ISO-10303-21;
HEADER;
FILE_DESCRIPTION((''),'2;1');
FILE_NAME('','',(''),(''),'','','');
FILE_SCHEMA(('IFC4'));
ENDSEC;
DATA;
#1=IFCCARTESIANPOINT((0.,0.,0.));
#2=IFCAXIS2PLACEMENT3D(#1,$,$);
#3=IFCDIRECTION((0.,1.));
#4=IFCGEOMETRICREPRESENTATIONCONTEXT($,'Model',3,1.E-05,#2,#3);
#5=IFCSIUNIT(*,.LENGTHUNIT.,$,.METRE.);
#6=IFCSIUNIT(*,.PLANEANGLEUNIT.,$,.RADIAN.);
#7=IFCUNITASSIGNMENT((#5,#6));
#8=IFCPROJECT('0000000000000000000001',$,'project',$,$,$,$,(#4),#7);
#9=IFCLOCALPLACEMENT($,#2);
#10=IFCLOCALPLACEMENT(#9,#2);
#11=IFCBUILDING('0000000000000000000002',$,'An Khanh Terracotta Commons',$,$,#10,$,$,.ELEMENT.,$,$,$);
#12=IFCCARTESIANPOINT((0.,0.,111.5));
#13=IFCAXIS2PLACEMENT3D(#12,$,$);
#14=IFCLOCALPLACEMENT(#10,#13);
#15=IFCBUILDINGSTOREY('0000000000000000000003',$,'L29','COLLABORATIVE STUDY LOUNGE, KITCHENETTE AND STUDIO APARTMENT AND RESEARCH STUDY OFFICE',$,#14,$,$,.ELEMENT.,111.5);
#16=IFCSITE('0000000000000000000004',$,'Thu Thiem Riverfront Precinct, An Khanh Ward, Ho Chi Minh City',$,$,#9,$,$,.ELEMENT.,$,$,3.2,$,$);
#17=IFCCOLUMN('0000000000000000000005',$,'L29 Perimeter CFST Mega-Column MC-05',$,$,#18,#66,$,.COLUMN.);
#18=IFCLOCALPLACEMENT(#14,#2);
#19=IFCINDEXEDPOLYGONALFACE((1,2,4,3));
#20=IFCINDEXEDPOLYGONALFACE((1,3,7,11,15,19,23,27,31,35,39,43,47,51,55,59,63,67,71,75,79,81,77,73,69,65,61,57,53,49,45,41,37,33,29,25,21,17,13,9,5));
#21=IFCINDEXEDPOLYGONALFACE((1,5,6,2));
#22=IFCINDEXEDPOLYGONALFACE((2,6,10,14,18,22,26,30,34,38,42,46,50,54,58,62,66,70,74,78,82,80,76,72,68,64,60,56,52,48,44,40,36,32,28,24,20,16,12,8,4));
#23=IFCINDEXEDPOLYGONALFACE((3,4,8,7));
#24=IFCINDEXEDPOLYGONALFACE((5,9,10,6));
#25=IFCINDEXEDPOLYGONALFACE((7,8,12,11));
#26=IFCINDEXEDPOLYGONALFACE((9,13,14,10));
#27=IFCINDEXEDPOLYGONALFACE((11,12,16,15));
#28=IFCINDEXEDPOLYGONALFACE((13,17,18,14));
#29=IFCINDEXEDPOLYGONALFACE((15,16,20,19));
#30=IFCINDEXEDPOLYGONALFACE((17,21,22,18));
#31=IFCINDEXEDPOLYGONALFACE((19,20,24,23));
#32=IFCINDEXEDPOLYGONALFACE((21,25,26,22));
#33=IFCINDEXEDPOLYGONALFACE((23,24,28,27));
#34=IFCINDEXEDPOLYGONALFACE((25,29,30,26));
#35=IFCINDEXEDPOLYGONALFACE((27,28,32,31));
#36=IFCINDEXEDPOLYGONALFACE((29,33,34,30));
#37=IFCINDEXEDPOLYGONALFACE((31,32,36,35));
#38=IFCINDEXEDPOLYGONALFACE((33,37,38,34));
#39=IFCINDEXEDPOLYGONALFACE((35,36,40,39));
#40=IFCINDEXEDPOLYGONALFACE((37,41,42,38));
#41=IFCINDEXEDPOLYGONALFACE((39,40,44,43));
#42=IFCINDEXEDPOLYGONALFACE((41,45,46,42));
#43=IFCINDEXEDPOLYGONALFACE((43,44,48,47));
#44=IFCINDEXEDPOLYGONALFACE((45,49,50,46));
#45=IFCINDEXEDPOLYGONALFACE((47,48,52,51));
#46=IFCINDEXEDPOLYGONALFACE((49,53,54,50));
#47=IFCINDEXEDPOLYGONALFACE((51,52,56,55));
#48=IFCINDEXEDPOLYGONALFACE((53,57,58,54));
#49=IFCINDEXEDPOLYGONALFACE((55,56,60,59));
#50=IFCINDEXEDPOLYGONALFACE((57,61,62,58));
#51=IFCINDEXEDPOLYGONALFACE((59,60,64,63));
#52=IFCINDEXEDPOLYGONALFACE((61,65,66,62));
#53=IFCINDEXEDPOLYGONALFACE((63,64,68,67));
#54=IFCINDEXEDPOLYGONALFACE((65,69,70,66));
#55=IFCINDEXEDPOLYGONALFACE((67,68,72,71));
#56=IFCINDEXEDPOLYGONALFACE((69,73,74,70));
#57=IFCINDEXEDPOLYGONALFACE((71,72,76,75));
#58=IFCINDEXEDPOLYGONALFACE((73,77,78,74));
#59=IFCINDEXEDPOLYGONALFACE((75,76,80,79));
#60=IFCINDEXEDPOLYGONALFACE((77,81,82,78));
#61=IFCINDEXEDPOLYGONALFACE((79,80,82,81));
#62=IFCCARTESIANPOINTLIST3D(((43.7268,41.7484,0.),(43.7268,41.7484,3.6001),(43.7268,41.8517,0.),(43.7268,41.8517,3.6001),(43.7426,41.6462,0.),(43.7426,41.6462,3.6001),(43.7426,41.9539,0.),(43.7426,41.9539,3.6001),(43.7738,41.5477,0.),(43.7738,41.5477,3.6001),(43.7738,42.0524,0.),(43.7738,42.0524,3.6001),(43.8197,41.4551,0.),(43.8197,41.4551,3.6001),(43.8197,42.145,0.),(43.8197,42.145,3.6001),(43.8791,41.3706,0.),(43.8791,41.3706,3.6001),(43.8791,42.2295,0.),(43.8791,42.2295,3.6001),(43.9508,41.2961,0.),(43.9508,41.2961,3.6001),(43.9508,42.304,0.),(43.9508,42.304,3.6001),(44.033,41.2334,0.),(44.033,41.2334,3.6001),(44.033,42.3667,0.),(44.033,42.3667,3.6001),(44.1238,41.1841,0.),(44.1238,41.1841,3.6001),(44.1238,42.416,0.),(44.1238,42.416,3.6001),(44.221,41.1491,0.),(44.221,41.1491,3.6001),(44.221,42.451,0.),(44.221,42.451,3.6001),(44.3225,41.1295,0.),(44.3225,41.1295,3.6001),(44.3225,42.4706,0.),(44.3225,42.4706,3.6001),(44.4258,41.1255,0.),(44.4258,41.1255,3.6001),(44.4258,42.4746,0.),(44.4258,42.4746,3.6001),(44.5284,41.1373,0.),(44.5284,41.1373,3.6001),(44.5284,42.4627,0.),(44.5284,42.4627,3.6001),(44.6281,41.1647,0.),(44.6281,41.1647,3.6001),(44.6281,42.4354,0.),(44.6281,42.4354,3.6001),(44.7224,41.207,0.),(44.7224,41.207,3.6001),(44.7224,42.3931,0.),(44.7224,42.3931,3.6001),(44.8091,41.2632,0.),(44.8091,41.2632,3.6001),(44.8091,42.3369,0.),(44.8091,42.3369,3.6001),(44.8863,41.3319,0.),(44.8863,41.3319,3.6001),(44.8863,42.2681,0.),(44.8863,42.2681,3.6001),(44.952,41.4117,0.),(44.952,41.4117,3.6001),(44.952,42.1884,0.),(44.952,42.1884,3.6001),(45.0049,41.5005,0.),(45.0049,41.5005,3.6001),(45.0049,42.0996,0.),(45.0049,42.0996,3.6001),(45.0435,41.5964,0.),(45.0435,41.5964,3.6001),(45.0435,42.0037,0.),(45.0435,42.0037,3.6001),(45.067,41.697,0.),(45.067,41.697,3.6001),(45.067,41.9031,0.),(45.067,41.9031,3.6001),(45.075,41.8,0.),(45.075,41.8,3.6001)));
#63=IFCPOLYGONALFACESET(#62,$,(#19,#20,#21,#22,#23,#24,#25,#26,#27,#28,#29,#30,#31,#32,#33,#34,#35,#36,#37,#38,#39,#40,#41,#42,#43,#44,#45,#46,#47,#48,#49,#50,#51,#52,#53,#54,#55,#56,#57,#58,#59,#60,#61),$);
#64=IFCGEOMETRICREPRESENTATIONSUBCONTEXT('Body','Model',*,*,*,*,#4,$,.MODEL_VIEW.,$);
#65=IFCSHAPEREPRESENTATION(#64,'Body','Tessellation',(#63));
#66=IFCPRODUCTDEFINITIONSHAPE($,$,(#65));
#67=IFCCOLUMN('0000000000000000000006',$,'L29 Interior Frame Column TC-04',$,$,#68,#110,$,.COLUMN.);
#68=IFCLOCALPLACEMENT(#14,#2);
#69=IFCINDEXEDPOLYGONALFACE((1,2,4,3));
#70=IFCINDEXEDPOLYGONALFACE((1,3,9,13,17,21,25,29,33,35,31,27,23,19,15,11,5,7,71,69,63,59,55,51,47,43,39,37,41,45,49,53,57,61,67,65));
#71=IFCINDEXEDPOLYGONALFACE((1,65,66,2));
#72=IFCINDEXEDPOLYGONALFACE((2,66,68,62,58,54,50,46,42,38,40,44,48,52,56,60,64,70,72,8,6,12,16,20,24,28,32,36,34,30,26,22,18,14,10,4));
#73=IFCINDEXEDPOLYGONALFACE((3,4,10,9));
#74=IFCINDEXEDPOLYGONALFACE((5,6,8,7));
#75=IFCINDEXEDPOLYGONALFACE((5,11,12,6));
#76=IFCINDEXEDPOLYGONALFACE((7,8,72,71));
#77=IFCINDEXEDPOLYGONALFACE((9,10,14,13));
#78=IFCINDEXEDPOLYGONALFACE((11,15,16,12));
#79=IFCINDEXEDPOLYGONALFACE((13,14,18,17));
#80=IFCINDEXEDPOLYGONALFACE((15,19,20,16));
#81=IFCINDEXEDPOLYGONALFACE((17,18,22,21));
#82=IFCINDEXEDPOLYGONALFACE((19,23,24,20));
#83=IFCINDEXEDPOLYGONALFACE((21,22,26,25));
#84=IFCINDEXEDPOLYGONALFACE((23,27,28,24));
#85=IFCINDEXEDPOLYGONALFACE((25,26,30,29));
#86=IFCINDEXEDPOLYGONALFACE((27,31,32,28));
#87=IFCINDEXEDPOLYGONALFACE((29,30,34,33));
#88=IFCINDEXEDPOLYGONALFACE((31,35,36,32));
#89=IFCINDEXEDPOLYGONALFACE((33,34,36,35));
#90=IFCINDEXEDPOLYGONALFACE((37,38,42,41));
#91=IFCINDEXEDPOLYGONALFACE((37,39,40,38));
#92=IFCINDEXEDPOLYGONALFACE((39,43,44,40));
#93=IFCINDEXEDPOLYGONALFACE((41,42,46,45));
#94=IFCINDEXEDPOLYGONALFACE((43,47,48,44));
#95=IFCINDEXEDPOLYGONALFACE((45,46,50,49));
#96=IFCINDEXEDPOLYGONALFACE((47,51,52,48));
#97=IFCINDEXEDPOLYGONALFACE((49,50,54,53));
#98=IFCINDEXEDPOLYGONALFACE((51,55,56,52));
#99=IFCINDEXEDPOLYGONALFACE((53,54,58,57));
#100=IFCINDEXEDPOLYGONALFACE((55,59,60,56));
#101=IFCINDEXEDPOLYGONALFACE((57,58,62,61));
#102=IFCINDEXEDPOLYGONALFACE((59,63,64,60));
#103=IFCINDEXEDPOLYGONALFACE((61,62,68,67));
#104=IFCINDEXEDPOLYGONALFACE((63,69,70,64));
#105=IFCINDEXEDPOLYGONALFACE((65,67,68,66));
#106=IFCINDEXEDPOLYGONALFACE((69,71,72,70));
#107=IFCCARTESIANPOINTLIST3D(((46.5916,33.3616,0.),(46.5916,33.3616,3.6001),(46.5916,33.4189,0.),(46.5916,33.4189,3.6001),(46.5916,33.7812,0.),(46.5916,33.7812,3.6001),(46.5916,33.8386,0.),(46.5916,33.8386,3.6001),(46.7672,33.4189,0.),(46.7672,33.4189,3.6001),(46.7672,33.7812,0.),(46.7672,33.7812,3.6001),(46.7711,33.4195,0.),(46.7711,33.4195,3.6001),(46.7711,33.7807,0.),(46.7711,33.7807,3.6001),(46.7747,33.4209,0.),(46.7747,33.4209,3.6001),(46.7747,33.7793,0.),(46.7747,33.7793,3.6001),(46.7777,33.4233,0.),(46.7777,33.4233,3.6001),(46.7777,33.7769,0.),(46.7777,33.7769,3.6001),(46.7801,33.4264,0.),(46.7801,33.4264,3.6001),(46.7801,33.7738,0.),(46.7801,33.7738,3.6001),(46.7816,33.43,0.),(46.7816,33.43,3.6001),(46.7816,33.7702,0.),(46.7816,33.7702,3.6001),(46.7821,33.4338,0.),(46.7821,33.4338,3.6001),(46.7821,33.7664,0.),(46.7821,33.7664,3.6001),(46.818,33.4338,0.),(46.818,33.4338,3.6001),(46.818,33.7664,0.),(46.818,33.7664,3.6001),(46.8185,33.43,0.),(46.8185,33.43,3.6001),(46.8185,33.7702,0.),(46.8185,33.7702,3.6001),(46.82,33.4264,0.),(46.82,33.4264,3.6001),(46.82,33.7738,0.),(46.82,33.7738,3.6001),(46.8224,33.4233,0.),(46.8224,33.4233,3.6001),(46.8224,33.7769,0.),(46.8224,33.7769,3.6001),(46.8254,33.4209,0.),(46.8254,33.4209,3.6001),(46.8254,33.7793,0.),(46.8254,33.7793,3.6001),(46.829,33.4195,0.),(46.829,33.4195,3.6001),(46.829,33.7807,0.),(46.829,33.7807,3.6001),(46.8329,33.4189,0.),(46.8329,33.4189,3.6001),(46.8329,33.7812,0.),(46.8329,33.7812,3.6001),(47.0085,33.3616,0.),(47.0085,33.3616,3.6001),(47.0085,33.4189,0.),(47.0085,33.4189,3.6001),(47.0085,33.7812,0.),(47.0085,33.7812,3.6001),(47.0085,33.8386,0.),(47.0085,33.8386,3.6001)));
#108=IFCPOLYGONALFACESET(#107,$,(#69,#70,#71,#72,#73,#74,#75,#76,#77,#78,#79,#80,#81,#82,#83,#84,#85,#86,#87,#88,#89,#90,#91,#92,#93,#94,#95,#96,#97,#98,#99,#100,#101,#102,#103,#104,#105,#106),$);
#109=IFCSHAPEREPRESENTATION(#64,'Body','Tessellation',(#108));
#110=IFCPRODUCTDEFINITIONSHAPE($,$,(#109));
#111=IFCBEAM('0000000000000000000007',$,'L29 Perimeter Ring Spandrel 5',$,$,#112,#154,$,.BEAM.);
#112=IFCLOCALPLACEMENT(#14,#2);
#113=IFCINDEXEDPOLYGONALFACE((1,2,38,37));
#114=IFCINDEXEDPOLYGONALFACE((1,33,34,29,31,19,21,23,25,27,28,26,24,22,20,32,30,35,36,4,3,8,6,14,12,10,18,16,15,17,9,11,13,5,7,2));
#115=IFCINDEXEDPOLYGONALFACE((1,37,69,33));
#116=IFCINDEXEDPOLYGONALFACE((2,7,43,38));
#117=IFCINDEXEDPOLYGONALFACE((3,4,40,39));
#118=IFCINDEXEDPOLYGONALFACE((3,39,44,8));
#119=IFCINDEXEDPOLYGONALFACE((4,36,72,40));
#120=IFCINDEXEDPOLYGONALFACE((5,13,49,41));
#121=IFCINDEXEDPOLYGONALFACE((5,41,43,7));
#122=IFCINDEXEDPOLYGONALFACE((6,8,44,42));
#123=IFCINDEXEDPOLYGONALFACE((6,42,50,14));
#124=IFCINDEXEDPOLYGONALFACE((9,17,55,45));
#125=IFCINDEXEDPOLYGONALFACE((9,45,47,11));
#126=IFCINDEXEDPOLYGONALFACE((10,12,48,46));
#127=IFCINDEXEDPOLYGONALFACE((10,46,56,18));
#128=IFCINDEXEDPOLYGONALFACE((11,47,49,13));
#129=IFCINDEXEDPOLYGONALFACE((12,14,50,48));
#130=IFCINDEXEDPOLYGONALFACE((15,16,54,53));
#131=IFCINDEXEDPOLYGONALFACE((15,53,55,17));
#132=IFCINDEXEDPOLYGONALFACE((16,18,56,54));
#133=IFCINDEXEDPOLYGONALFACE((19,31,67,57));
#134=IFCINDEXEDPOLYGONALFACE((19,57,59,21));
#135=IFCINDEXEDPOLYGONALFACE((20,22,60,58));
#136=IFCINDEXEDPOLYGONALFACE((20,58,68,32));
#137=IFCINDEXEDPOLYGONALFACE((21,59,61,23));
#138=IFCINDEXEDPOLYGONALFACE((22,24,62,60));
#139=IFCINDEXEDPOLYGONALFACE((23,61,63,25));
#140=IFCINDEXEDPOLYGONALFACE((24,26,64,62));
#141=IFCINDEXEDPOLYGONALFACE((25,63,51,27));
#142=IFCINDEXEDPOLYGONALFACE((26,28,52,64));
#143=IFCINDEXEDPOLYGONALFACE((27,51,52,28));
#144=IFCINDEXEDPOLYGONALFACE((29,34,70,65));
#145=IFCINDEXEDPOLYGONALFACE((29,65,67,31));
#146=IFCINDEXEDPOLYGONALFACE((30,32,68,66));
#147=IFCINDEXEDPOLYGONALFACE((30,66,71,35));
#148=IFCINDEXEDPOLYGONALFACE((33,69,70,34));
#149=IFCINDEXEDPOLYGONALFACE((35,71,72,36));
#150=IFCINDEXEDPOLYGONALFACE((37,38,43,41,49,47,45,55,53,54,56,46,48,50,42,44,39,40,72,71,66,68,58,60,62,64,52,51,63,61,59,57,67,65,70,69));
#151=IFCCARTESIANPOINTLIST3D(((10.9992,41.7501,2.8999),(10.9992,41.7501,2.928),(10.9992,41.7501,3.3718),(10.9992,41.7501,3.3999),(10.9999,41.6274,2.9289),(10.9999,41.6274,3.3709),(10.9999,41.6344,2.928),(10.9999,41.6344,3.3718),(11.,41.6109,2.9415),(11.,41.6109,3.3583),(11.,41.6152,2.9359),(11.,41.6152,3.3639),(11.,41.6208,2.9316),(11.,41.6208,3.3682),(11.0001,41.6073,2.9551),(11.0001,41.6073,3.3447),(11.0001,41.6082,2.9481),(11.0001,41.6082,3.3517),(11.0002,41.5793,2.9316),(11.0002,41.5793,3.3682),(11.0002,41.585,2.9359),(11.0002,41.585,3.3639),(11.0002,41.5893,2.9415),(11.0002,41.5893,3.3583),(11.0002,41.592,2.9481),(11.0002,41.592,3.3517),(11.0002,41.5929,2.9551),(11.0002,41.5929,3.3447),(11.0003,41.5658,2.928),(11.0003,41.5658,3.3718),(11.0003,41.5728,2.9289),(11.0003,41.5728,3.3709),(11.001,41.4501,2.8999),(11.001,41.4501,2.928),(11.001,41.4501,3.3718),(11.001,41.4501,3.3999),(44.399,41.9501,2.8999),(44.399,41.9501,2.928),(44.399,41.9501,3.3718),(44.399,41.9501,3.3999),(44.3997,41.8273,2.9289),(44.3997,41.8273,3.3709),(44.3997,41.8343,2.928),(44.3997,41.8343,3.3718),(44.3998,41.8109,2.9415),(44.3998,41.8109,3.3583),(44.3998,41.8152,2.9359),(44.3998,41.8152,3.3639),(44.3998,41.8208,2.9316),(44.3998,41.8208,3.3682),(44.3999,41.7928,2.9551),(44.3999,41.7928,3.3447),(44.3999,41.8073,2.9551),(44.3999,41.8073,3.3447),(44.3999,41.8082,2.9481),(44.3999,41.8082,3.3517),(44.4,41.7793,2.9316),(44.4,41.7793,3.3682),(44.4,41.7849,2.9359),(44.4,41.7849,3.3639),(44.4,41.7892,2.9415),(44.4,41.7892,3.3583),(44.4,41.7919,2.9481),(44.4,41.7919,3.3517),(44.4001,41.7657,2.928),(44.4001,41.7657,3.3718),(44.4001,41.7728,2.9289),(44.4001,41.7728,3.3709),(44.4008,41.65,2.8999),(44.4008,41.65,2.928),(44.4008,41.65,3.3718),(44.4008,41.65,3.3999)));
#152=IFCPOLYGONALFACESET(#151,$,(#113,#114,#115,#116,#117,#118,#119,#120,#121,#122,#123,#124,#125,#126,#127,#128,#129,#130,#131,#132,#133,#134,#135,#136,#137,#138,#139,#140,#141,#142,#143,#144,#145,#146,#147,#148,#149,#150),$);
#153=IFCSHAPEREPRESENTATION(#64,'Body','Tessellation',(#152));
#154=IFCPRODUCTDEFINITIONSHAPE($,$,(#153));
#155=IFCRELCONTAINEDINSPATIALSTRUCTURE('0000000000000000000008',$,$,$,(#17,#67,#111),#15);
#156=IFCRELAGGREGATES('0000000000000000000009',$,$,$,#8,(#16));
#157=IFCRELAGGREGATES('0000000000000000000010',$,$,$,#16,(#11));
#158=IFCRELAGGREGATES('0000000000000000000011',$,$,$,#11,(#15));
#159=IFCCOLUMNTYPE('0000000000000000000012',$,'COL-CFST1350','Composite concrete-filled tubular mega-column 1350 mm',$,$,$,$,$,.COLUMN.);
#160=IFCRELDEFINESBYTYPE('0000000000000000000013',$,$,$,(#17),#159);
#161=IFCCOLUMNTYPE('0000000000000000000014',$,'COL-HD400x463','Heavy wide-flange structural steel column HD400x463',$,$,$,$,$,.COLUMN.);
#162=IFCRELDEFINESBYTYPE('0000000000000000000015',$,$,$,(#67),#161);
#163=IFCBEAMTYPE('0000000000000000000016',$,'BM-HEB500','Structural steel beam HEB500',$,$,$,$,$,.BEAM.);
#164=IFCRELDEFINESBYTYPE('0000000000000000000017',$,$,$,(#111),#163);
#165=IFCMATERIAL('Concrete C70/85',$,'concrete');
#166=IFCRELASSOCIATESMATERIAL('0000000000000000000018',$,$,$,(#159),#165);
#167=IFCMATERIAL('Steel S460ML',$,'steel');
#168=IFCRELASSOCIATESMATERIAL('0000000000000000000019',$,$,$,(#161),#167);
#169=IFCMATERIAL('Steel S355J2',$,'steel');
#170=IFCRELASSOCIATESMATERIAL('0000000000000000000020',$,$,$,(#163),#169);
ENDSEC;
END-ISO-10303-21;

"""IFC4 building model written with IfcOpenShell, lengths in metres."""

from ifc_helpers import new_model, si_unit, direction, frame, origin, origin_2d, place, context, subcontext, project, spatial, circle, i_section, extrude, material, material_profile, profile_set, type_object, element, save


model = new_model("IFC4")

# Units and contexts
model_context = context("Model", 3, precision=1e-05, world=origin(), true_north=direction((0.0, 1.0)))
body_context = subcontext(model_context, "Body", "Model", "MODEL_VIEW")
ifc_project = project(units=[si_unit("LENGTHUNIT", "METRE"), si_unit("PLANEANGLEUNIT", "RADIAN")], contexts=[model_context])

# Site, building, storey
site_placement = place(None, origin())
site = spatial("IfcSite", under=ifc_project, at=site_placement, Name="Thu Thiem Riverfront Precinct, An Khanh Ward, Ho Chi Minh City", CompositionType="ELEMENT", RefElevation=3.2)
building_placement = place(site_placement, origin())
building = spatial("IfcBuilding", under=site, at=building_placement, Name="An Khanh Terracotta Commons", CompositionType="ELEMENT")
storey_placement = place(building_placement, frame((0.0, 0.0, 111.5)))
storey = spatial("IfcBuildingStorey", under=building, at=storey_placement, Name="L29", Description="COLLABORATIVE STUDY LOUNGE, KITCHENETTE AND STUDIO APARTMENT AND RESEARCH STUDY OFFICE", CompositionType="ELEMENT", Elevation=111.5)

# Columns
ifc_material_1 = material(Name="Concrete C70/85", Category="concrete")
ifc_material_profile_1 = material_profile(ifc_material_1, circle(Radius=0.675, at=origin_2d()), Name="CFST1350")
ifc_profile_set_1 = profile_set([ifc_material_profile_1], Name="Concrete C70/85")
column_type_1 = type_object("IfcColumnType", Name="COL-CFST1350", Description="Composite concrete-filled tubular mega-column 1350 mm", PredefinedType="COLUMN", material=ifc_profile_set_1)
column_1_placement = place(storey_placement, frame((44.3999, 41.8, 0.0), z_axis=(0.0, 0.0, 1.0), x_axis=(1.0, 0.0, 0.0)))
element("IfcColumn", 1, at=column_1_placement, inside=storey, type_object=column_type_1, Name="L29 Perimeter CFST Mega-Column MC-05", PredefinedType="COLUMN", context=body_context, shape_type="SweptSolid", body=[
    extrude(circle(Radius=0.675, at=origin_2d()), origin(), (0.0, 0.0, 1.0), 3.6001),
])
ifc_material_2 = material(Name="Steel S460ML", Category="steel")
ifc_material_profile_2 = material_profile(ifc_material_2, i_section(OverallWidth=0.417, OverallDepth=0.4771, WebThickness=0.0359, FlangeThickness=0.0574, FilletRadius=0.0149, at=origin_2d()), Name="HD400x463")
ifc_profile_set_2 = profile_set([ifc_material_profile_2], Name="Steel S460ML")
column_type_2 = type_object("IfcColumnType", Name="COL-HD400x463", Description="Heavy wide-flange structural steel column HD400x463", PredefinedType="COLUMN", material=ifc_profile_set_2)
column_2_placement = place(storey_placement, frame((46.8, 33.6001, 0.0), z_axis=(0.0, 0.0, 1.0), x_axis=(1.0, 0.0, 0.0)))
element("IfcColumn", 2, at=column_2_placement, inside=storey, type_object=column_type_2, Name="L29 Interior Frame Column TC-04", PredefinedType="COLUMN", context=body_context, shape_type="SweptSolid", body=[
    extrude(i_section(OverallWidth=0.417, OverallDepth=0.4771, WebThickness=0.0359, FlangeThickness=0.0574, FilletRadius=0.0149, at=origin_2d()), origin(), (0.0, 0.0, 1.0), 3.6001),
])

# Beam
ifc_material_3 = material(Name="Steel S355J2", Category="steel")
ifc_material_profile_3 = material_profile(ifc_material_3, i_section(OverallWidth=0.3, OverallDepth=0.5, WebThickness=0.0144, FlangeThickness=0.0281, FilletRadius=0.0271, at=origin_2d()), Name="HEB500")
ifc_profile_set_3 = profile_set([ifc_material_profile_3], Name="Steel S355J2")
beam_type = type_object("IfcBeamType", Name="BM-HEB500", Description="Structural steel beam HEB500", PredefinedType="BEAM", material=ifc_profile_set_3)
beam_1_placement = place(storey_placement, frame((44.3999, 41.8, 3.1499), z_axis=(-0.999982, -0.005986, 0.0), x_axis=(0.005986, -0.999982, 0.0)))
element("IfcBeam", 3, at=beam_1_placement, inside=storey, type_object=beam_type, Name="L29 Perimeter Ring Spandrel 5", PredefinedType="BEAM", context=body_context, shape_type="SweptSolid", body=[
    extrude(i_section(OverallWidth=0.3, OverallDepth=0.5, WebThickness=0.0144, FlangeThickness=0.0281, FilletRadius=0.0271, at=origin_2d()), origin(), (0.0, 0.0, 1.0), 33.4004),
])

save(model, "model.ifc")
